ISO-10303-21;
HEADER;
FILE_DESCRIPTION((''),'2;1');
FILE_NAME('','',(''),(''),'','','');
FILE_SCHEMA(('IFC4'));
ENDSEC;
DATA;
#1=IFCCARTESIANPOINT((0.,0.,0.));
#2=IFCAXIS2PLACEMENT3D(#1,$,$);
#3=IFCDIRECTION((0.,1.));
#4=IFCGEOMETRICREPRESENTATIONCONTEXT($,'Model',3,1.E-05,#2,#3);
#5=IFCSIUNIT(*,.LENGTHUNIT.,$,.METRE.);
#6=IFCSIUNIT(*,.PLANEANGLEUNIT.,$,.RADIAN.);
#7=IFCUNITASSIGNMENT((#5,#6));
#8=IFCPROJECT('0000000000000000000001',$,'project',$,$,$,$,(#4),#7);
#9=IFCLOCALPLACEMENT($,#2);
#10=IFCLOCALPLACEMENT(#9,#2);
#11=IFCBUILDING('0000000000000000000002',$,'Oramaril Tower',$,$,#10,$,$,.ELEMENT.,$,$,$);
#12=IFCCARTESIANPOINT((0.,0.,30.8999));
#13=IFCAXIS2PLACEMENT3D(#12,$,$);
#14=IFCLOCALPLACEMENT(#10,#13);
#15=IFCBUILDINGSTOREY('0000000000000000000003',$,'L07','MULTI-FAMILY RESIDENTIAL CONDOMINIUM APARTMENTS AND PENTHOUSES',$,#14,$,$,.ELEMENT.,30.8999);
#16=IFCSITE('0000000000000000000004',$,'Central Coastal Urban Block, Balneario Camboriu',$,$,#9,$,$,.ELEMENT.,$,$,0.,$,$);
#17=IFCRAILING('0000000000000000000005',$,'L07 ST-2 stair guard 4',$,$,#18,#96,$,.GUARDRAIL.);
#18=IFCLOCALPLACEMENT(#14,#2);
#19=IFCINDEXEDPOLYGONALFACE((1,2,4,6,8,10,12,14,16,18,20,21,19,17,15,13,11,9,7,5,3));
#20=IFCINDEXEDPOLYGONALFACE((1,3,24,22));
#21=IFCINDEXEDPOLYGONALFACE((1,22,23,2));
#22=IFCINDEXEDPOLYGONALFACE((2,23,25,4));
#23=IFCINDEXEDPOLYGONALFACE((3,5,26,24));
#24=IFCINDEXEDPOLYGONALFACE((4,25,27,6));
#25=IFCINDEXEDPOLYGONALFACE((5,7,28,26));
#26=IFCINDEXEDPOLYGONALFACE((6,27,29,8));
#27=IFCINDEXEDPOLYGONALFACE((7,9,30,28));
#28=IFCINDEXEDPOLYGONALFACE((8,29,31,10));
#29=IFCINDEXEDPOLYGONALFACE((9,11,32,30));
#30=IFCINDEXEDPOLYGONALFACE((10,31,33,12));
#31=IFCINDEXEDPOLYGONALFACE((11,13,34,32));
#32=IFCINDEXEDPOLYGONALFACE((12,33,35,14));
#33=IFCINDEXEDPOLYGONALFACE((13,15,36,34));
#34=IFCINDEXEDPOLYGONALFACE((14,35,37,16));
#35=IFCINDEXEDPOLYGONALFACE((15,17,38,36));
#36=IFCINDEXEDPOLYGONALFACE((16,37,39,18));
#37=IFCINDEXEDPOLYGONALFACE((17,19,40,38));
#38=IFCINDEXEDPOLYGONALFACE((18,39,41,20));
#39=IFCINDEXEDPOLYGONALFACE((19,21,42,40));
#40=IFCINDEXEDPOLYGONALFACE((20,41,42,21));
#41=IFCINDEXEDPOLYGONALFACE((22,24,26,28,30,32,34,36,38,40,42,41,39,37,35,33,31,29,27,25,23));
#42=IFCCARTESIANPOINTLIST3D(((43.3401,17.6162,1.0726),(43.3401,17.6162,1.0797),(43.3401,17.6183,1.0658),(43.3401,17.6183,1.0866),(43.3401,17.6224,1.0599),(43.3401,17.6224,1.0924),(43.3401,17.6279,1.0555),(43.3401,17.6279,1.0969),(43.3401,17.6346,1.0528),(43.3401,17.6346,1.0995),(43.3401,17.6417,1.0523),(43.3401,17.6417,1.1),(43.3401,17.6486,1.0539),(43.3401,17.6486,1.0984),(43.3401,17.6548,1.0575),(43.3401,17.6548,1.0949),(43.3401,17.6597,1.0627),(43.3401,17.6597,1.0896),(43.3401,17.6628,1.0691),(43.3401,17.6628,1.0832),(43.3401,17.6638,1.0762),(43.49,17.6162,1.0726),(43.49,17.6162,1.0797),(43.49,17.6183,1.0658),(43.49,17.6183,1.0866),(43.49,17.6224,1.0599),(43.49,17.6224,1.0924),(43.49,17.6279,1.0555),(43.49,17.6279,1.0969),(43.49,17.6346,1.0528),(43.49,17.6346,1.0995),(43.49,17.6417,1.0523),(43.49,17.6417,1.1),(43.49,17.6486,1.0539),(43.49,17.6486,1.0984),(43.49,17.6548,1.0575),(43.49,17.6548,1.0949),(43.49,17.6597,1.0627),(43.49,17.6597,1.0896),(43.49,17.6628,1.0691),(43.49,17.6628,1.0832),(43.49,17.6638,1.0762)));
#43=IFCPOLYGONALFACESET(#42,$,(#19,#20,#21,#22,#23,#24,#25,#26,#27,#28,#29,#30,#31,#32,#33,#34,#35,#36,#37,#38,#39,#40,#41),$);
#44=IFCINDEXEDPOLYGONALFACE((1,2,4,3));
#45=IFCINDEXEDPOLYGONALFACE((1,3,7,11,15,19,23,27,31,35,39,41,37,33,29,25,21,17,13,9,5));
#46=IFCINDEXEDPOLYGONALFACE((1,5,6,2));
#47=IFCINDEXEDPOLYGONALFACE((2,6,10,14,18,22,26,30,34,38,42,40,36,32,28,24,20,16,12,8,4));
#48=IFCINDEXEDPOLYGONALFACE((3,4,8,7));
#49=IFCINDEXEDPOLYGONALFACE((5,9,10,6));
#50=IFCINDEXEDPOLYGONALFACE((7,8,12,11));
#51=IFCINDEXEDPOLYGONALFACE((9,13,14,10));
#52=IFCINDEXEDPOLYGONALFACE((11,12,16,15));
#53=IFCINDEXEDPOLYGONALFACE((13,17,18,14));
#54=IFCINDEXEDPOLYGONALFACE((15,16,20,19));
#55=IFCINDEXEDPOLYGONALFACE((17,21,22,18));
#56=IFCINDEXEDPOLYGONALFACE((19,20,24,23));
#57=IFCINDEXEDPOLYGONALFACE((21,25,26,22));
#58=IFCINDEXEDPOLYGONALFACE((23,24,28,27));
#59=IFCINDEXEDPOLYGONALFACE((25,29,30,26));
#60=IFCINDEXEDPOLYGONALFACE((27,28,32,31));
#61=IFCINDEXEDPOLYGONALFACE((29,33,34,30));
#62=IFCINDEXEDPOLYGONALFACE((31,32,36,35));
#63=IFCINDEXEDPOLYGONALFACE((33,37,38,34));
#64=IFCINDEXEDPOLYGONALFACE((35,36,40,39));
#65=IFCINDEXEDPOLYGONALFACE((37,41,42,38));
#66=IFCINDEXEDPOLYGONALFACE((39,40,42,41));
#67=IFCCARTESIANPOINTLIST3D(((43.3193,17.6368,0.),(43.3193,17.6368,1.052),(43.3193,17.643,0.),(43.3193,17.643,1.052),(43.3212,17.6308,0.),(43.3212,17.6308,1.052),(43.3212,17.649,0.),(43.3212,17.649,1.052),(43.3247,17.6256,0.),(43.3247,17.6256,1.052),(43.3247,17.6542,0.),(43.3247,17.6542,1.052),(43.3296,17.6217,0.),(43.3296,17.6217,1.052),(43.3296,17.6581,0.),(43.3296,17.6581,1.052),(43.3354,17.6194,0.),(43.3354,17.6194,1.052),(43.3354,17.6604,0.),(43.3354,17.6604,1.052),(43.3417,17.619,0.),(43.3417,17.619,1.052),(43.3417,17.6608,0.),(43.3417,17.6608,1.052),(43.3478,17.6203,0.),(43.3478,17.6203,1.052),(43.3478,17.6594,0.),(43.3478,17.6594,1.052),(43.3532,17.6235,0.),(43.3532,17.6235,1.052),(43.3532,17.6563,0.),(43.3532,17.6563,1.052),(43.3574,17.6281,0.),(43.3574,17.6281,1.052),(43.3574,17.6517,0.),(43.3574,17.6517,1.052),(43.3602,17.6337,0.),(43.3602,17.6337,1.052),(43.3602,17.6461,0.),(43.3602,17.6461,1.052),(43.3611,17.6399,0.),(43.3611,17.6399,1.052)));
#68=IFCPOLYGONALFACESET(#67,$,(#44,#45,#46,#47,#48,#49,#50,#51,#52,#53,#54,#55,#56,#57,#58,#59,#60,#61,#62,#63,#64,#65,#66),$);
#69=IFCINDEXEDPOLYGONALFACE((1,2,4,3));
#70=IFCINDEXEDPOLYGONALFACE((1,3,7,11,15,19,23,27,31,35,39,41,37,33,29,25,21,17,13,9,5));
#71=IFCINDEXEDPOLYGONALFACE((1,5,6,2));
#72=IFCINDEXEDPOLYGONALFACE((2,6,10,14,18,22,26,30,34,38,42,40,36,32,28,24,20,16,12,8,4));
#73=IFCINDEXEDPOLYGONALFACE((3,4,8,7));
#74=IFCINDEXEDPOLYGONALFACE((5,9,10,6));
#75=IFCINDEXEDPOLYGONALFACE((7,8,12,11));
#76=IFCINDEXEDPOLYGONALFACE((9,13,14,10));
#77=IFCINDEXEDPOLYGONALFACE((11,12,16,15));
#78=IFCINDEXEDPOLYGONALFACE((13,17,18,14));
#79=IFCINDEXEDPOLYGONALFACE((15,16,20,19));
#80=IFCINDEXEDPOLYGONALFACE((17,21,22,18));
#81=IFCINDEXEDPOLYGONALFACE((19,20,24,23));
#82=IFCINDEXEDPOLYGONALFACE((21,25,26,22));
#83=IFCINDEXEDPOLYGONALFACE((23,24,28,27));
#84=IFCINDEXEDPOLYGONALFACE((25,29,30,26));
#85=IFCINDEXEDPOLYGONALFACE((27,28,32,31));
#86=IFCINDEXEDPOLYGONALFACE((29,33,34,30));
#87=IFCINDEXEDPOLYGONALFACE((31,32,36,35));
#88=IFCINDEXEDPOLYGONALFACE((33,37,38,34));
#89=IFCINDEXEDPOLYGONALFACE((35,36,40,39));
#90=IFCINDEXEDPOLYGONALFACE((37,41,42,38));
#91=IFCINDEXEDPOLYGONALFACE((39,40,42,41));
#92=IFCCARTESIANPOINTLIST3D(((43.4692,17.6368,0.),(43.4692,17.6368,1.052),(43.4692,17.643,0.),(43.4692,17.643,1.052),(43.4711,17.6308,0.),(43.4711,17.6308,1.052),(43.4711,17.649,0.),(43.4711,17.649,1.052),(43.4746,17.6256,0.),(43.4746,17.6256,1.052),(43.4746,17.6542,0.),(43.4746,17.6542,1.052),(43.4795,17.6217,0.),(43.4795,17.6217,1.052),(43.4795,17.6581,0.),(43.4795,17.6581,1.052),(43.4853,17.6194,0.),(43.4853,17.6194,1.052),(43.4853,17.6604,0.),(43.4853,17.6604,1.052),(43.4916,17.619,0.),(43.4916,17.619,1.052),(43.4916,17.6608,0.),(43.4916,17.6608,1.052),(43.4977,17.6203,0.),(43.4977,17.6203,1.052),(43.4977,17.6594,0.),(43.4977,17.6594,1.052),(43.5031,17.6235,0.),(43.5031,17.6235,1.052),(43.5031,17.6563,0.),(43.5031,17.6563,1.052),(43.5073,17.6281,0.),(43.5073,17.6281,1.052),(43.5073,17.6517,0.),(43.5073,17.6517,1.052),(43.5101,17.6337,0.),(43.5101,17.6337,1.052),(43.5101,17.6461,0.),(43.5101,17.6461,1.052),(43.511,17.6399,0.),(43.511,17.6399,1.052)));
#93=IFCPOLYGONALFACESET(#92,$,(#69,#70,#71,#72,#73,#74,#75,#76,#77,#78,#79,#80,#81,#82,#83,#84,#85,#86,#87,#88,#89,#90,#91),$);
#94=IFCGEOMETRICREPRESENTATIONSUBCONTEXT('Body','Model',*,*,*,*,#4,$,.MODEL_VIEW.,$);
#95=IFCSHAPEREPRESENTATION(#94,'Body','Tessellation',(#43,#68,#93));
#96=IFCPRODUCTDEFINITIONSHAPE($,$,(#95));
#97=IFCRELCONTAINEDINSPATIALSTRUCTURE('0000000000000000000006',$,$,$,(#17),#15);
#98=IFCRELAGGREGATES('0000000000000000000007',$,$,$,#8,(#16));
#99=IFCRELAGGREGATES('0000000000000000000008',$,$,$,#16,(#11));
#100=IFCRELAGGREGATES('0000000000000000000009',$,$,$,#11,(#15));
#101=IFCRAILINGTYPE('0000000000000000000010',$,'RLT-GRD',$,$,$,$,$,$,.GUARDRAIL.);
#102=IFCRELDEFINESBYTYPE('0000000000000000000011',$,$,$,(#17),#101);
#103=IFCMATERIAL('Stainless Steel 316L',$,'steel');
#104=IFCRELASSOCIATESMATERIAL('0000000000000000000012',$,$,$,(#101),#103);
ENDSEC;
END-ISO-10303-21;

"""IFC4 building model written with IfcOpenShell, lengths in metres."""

from ifc_helpers import new_model, si_unit, direction, frame, origin, origin_2d, place, context, subcontext, project, spatial, circle, extrude, material, type_object, element, save


model = new_model("IFC4")

# Units and contexts
model_context = context("Model", 3, precision=1e-05, world=origin(), true_north=direction((0.0, 1.0)))
body_context = subcontext(model_context, "Body", "Model", "MODEL_VIEW")
ifc_project = project(units=[si_unit("LENGTHUNIT", "METRE"), si_unit("PLANEANGLEUNIT", "RADIAN")], contexts=[model_context])

# Site, building, storey
site_placement = place(None, origin())
site = spatial("IfcSite", under=ifc_project, at=site_placement, Name="Central Coastal Urban Block, Balneario Camboriu", CompositionType="ELEMENT", RefElevation=0.0)
building_placement = place(site_placement, origin())
building = spatial("IfcBuilding", under=site, at=building_placement, Name="Oramaril Tower", CompositionType="ELEMENT")
storey_placement = place(building_placement, frame((0.0, 0.0, 30.8999)))
storey = spatial("IfcBuildingStorey", under=building, at=storey_placement, Name="L07", Description="MULTI-FAMILY RESIDENTIAL CONDOMINIUM APARTMENTS AND PENTHOUSES", CompositionType="ELEMENT", Elevation=30.8999)

# Railing
ifc_material_1 = material(Name="Stainless Steel 316L", Category="steel")
railing_type_1 = type_object("IfcRailingType", Name="RLT-GRD", PredefinedType="GUARDRAIL", material=ifc_material_1)
railing_1_placement = place(storey_placement, frame((43.3401, 17.6399, 0.0)))
element("IfcRailing", 1, at=railing_1_placement, inside=storey, type_object=railing_type_1, Name="L07 ST-2 stair guard 4", PredefinedType="GUARDRAIL", context=body_context, shape_type="SweptSolid", body=[
    extrude(circle(Radius=0.0239, at=origin_2d()), frame((0.0, 0.0, 1.0762), z_axis=(1.0, 0.0, 0.0), x_axis=(0.0, 1.0, 0.0)), (0.0, 0.0, 1.0), 0.1499),
    extrude(circle(Radius=0.021, at=origin_2d()), origin(), (0.0, 0.0, 1.0), 1.052),
    extrude(circle(Radius=0.021, at=origin_2d()), frame((0.1499, 0.0, 0.0)), (0.0, 0.0, 1.0), 1.052),
])

save(model, "model.ifc")
